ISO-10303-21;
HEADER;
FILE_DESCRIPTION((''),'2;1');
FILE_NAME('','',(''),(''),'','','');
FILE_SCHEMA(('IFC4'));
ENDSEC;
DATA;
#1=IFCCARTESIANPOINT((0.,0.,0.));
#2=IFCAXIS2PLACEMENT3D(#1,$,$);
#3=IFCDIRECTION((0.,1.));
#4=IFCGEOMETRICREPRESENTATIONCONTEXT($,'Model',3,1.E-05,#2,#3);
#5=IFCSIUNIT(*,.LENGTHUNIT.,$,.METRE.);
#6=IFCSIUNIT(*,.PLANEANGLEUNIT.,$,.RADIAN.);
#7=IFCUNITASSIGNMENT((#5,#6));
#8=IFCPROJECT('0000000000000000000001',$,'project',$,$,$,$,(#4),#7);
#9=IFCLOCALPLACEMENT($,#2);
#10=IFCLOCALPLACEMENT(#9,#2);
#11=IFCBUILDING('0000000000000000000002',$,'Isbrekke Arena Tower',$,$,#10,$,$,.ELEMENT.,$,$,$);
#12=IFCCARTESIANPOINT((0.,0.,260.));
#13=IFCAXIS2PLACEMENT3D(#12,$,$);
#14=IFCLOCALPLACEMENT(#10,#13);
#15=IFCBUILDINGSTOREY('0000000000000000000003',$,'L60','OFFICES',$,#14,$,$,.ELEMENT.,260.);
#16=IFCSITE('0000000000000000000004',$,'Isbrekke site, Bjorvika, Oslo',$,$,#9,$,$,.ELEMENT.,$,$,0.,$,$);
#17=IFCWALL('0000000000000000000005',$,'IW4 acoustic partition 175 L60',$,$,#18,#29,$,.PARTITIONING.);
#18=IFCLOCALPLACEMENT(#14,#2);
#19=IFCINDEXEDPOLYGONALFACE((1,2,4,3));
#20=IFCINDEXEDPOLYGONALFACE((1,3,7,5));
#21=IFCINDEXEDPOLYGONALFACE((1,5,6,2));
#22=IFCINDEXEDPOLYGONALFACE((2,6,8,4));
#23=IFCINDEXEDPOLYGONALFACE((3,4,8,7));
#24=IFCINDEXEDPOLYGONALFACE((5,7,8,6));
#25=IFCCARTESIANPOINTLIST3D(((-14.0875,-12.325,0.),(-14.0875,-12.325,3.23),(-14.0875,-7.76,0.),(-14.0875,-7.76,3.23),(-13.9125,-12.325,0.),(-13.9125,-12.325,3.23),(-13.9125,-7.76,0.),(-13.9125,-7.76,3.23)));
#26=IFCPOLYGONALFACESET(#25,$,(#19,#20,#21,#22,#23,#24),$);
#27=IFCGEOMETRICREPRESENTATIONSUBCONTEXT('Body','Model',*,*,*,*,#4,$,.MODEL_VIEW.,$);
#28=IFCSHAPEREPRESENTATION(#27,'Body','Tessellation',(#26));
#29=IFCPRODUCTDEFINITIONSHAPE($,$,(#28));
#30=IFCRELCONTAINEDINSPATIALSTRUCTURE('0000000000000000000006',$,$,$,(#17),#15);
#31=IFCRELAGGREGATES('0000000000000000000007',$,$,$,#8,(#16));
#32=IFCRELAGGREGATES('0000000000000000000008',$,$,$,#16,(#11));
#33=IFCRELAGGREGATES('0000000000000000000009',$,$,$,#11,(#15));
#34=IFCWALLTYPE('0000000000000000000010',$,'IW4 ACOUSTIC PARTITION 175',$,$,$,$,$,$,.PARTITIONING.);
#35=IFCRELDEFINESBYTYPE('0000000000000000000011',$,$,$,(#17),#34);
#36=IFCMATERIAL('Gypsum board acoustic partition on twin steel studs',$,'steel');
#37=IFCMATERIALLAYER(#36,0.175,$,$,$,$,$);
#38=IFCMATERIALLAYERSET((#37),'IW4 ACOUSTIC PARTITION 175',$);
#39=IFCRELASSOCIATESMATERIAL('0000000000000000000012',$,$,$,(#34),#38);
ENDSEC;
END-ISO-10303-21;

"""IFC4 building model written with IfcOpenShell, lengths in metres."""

from ifc_helpers import new_model, si_unit, direction, frame, frame_2d, origin, place, context, subcontext, project, spatial, rectangle, extrude, material, layer, layer_set, type_object, element, save


model = new_model("IFC4")

# Units and contexts
model_context = context("Model", 3, precision=1e-05, world=origin(), true_north=direction((0.0, 1.0)))
body_context = subcontext(model_context, "Body", "Model", "MODEL_VIEW")
ifc_project = project(units=[si_unit("LENGTHUNIT", "METRE"), si_unit("PLANEANGLEUNIT", "RADIAN")], contexts=[model_context])

# Site, building, storey
site_placement = place(None, origin())
site = spatial("IfcSite", under=ifc_project, at=site_placement, Name="Isbrekke site, Bjorvika, Oslo", CompositionType="ELEMENT", RefElevation=0.0)
building_placement = place(site_placement, origin())
building = spatial("IfcBuilding", under=site, at=building_placement, Name="Isbrekke Arena Tower", CompositionType="ELEMENT")
storey_placement = place(building_placement, frame((0.0, 0.0, 260.0)))
storey = spatial("IfcBuildingStorey", under=building, at=storey_placement, Name="L60", Description="OFFICES", CompositionType="ELEMENT", Elevation=260.0)

# Wall
ifc_material_1 = material(Name="Gypsum board acoustic partition on twin steel studs", Category="steel")
ifc_layer_1 = layer(ifc_material_1, 0.175)
ifc_layer_set_1 = layer_set([ifc_layer_1], Name="IW4 ACOUSTIC PARTITION 175")
wall_type_1 = type_object("IfcWallType", Name="IW4 ACOUSTIC PARTITION 175", PredefinedType="PARTITIONING", material=ifc_layer_set_1)
wall_1_placement = place(storey_placement, frame((-14.0, -12.325, 0.0), z_axis=(0.0, 0.0, 1.0), x_axis=(0.0, 1.0, 0.0)))
element("IfcWall", 1, at=wall_1_placement, inside=storey, type_object=wall_type_1, Name="IW4 acoustic partition 175 L60", PredefinedType="PARTITIONING", context=body_context, shape_type="SweptSolid", body=[
    extrude(rectangle(XDim=4.5649, YDim=0.175, at=frame_2d((2.2825, 0.0))), origin(), (0.0, 0.0, 1.0), 3.23),
])

save(model, "model.ifc")
